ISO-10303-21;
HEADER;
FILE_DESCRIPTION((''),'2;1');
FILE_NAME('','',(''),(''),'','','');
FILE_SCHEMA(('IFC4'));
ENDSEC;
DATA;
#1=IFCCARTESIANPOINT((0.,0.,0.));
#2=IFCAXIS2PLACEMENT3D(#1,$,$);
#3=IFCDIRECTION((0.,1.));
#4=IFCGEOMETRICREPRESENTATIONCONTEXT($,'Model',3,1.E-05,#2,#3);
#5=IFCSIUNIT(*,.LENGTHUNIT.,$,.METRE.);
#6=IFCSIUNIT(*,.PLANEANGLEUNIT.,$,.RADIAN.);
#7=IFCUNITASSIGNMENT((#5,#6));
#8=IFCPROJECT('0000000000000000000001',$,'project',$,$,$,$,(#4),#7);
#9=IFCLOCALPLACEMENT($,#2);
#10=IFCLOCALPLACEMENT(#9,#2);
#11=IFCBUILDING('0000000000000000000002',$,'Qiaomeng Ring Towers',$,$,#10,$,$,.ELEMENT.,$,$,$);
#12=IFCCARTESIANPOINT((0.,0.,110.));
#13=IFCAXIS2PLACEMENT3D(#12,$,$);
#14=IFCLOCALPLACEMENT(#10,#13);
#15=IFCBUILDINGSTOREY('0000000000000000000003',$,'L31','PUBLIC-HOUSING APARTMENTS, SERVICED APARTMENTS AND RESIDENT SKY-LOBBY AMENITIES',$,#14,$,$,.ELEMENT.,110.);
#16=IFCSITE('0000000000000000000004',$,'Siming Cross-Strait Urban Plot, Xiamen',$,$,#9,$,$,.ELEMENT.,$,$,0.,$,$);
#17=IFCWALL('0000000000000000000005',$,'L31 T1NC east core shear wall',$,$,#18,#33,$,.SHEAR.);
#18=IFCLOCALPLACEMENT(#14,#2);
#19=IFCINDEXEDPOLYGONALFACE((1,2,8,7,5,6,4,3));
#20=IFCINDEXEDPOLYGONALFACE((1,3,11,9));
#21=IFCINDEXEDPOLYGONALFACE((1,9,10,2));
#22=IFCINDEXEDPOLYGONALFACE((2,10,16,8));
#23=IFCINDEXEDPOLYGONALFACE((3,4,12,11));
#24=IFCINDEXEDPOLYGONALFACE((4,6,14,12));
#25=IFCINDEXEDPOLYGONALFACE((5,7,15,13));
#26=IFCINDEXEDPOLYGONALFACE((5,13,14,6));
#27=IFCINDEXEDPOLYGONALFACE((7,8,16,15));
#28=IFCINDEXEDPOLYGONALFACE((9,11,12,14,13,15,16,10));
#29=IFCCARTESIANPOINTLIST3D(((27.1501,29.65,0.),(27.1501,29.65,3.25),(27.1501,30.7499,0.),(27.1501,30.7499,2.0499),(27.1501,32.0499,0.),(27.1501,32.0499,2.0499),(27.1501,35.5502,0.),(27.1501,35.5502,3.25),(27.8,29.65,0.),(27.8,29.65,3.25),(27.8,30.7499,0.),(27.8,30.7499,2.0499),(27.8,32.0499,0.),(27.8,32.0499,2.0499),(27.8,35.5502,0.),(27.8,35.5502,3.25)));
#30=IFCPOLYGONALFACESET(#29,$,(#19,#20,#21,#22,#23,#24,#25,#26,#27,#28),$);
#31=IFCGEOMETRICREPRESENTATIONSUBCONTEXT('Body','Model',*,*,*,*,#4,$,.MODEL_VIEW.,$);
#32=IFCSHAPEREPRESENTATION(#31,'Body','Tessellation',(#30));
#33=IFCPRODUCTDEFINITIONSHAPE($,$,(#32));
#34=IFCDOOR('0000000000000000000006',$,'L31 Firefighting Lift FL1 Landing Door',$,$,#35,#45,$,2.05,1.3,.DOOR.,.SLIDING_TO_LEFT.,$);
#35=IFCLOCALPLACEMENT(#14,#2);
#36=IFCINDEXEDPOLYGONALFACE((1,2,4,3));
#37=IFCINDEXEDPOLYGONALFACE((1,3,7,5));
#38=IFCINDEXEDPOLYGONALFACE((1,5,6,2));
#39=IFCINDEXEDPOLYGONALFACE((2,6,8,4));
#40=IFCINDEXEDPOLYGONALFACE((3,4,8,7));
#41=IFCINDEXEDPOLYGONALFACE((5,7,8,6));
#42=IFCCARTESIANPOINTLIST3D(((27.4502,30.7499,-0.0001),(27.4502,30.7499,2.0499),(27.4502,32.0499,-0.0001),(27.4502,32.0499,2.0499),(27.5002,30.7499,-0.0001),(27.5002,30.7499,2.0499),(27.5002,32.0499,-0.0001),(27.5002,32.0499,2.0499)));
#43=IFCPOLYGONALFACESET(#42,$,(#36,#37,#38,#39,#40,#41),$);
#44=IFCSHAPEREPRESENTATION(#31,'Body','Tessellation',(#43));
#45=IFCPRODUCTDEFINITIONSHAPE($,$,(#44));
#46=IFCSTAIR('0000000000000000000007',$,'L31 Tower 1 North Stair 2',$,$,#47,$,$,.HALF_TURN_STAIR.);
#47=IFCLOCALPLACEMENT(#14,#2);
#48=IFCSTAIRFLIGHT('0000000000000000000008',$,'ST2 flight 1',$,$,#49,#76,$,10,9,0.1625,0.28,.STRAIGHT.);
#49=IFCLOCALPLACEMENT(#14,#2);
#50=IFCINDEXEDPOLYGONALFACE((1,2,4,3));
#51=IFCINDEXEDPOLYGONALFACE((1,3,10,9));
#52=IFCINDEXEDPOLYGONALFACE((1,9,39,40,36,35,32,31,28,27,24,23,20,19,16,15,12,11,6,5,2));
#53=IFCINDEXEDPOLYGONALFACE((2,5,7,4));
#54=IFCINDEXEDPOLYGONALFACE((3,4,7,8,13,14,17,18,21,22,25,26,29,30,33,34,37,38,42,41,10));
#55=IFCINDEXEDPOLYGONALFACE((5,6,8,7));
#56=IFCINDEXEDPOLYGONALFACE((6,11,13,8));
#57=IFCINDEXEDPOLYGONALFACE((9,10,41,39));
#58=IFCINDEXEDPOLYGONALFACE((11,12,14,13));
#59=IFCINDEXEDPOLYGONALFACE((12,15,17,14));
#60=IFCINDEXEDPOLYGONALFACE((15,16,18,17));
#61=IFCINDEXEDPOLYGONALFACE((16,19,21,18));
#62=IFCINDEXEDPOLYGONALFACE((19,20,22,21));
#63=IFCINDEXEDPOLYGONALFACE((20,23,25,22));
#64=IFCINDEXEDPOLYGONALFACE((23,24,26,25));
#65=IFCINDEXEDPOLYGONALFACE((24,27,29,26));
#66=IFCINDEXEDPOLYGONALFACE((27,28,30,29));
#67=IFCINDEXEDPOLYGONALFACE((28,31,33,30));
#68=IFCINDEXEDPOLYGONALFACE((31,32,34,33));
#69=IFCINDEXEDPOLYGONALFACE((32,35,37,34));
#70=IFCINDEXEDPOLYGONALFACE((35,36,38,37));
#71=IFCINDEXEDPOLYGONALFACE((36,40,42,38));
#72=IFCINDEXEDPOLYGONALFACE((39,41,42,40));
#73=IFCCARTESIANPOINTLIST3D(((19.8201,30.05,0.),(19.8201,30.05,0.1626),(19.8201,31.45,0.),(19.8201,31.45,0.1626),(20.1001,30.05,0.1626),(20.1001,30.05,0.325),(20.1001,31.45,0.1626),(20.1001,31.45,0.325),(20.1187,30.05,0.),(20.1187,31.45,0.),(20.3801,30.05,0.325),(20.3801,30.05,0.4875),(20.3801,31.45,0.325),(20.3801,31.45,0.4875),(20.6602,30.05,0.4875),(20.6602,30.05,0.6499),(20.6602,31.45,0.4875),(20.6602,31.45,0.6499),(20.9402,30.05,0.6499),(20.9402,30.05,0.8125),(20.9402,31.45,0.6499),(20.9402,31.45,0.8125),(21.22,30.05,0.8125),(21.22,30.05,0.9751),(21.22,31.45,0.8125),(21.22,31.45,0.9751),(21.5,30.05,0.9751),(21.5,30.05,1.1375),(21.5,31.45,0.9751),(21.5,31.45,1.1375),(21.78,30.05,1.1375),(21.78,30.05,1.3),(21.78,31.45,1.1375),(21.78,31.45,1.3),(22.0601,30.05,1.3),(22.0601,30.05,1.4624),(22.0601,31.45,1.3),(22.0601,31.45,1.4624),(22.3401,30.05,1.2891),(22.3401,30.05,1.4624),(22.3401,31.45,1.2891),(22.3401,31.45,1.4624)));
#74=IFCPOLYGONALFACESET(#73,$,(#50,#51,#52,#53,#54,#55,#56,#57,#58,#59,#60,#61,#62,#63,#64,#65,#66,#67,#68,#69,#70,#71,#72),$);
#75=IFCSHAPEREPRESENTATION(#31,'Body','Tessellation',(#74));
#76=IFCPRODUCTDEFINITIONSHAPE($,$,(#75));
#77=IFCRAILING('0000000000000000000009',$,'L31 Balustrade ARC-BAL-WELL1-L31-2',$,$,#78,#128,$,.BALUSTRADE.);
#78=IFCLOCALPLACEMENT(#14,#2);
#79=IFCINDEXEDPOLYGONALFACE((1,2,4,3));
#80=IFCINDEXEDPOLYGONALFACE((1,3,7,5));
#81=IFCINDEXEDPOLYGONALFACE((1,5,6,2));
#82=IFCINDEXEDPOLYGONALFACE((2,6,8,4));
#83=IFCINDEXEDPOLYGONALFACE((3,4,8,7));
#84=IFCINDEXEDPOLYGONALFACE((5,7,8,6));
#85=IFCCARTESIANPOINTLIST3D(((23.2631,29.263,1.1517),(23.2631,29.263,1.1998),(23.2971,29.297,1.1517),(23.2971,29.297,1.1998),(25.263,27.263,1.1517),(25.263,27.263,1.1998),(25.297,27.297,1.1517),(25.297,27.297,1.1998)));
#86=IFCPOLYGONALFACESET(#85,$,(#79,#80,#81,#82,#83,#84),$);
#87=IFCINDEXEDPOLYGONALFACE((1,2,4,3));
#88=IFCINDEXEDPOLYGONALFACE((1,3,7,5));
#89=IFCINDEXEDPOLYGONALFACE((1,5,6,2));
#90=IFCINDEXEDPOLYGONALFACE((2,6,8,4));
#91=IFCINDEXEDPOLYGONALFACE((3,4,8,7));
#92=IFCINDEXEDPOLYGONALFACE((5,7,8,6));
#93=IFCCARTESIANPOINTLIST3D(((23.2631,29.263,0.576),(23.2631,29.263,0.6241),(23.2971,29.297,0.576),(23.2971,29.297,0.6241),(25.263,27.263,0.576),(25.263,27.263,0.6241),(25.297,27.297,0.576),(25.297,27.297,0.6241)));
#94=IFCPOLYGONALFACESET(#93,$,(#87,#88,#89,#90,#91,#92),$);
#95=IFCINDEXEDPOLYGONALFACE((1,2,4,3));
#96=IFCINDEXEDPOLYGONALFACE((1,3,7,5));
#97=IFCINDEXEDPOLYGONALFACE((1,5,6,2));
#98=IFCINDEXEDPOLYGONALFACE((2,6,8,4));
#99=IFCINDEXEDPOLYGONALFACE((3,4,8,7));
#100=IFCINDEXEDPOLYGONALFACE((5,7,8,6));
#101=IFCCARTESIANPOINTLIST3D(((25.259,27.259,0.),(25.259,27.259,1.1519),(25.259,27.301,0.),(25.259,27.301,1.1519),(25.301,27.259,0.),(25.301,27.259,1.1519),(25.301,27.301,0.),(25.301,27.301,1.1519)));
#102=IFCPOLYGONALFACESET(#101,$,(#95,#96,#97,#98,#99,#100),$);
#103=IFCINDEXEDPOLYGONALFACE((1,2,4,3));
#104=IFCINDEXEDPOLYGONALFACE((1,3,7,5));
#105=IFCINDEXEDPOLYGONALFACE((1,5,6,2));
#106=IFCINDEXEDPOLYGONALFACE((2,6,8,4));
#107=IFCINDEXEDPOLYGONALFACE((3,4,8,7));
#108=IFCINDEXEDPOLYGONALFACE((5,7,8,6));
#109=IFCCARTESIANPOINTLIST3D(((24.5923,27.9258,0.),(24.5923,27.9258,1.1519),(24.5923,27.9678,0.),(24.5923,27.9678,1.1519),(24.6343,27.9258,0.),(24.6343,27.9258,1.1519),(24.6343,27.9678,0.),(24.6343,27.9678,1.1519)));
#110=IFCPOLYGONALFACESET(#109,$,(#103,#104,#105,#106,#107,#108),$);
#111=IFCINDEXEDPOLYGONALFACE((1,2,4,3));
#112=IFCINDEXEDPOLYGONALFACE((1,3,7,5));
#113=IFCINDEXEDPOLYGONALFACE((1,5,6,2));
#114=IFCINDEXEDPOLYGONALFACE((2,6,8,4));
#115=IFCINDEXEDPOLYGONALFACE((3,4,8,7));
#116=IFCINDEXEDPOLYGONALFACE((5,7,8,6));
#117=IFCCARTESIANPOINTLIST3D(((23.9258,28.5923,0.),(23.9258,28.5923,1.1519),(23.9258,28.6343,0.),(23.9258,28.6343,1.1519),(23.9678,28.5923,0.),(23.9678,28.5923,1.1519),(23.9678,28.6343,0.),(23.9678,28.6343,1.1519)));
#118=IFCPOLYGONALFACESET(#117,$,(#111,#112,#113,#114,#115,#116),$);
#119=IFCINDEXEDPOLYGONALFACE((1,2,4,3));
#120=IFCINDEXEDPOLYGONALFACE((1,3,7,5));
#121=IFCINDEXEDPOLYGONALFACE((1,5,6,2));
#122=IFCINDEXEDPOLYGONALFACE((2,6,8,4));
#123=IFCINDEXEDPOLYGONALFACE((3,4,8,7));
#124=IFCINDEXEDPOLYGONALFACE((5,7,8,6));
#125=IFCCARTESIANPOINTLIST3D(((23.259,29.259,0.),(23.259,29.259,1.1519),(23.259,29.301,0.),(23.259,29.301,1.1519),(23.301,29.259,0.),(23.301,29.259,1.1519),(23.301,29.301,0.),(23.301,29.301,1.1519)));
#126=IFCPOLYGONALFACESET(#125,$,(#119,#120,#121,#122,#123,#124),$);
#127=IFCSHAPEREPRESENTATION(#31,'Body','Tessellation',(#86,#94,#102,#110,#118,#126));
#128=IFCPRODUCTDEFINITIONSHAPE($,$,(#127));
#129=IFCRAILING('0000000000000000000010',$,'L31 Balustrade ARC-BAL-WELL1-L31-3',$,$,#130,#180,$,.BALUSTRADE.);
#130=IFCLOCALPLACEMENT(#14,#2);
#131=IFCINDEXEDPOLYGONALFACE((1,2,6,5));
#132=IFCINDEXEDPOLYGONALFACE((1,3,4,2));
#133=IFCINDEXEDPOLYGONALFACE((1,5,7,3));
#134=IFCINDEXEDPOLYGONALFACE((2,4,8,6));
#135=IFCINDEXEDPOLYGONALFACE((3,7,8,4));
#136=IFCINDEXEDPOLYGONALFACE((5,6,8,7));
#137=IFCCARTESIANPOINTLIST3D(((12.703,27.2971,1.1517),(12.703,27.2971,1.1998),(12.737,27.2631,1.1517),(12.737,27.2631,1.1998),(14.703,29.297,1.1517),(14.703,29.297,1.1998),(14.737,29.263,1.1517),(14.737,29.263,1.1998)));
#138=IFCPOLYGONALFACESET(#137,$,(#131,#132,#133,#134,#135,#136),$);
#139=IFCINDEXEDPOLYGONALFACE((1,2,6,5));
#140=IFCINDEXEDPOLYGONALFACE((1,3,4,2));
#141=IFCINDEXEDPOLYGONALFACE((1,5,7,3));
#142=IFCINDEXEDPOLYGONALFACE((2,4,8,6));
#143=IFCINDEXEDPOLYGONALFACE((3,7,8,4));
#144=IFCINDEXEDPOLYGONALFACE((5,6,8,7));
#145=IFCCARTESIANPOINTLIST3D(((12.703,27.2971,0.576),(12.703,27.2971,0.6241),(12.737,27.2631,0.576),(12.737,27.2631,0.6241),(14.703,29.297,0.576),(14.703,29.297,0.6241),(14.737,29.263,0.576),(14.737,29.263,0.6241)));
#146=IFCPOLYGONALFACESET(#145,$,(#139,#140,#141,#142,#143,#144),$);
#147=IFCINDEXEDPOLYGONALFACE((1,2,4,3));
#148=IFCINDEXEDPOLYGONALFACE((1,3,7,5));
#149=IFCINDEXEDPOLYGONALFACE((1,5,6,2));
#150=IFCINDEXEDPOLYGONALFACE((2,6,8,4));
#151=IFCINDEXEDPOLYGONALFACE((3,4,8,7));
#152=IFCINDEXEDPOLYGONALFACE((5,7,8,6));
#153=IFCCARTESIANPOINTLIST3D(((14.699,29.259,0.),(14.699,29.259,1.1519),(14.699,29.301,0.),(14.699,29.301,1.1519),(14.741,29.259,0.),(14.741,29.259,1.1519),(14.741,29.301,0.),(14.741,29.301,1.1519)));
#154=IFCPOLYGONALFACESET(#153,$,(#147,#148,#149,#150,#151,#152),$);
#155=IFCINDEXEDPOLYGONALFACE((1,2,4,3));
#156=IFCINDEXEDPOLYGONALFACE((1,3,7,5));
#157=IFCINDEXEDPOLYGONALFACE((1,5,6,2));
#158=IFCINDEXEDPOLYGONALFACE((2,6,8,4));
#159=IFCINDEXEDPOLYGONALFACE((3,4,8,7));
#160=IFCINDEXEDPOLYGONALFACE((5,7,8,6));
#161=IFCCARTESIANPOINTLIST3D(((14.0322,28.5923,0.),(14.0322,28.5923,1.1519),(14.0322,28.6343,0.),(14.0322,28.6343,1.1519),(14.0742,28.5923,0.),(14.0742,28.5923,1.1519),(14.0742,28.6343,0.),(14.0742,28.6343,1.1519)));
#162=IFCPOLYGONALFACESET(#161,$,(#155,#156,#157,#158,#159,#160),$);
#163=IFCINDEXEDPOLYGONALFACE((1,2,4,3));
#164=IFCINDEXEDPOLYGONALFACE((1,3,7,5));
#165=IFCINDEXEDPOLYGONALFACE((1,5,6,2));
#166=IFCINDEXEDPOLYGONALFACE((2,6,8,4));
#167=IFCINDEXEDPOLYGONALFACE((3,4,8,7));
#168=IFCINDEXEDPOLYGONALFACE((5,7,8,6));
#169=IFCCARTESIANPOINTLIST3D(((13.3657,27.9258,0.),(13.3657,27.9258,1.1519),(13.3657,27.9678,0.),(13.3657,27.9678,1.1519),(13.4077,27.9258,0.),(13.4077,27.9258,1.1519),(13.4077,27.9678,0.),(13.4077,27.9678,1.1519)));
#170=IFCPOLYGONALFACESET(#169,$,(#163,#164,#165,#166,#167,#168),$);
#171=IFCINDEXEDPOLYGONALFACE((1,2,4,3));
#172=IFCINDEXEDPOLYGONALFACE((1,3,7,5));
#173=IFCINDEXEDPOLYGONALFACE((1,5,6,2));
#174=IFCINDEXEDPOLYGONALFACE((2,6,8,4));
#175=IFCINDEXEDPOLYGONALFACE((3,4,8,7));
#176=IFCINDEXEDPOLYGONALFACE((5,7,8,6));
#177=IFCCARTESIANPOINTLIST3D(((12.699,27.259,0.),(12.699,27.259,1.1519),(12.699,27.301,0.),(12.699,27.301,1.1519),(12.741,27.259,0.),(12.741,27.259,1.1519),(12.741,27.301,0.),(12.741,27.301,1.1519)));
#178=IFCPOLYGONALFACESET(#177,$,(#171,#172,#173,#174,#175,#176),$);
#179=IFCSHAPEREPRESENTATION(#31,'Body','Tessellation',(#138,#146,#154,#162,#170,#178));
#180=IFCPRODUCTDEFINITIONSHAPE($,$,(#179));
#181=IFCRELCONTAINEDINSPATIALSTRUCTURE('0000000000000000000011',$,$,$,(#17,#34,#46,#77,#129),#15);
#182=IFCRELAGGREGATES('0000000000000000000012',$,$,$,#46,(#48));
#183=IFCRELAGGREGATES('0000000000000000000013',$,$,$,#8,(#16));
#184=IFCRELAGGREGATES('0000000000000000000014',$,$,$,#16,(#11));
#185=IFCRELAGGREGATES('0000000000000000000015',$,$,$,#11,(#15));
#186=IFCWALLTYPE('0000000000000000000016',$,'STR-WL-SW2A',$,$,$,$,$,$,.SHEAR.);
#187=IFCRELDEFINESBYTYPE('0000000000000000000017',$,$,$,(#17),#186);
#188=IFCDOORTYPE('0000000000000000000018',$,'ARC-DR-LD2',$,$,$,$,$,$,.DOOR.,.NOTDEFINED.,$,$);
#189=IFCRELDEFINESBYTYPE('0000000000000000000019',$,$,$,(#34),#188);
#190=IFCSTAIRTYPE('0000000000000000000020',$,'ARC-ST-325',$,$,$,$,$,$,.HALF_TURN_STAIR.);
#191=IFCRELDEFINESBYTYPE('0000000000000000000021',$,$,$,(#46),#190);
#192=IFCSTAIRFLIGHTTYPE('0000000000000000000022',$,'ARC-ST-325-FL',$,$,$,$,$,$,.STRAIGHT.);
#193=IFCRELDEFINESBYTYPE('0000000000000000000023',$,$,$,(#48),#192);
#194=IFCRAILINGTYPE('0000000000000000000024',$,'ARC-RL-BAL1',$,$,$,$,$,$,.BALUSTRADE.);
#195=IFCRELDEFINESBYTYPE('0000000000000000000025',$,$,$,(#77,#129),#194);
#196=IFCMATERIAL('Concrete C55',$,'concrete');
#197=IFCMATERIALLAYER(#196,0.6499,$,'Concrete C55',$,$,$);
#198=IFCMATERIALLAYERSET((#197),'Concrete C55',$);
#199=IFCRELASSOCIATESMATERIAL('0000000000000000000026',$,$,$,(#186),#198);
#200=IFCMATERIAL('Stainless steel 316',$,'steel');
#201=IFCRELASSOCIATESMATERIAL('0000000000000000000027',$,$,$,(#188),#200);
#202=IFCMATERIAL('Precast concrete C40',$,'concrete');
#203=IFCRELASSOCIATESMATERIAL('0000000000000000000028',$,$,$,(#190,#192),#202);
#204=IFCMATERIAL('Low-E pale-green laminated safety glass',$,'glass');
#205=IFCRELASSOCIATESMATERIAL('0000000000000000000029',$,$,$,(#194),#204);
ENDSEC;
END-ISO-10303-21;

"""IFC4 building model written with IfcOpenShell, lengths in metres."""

from ifc_helpers import new_model, si_unit, direction, frame, frame_2d, origin, origin_2d, place, context, subcontext, project, spatial, polyline, rectangle, outline, extrude, source, transform, mapped, material, layer, layer_set, type_object, element, fill, aggregate, save


model = new_model("IFC4")

# Units and contexts
model_context = context("Model", 3, precision=1e-05, world=origin(), true_north=direction((0.0, 1.0)))
body_context = subcontext(model_context, "Body", "Model", "MODEL_VIEW")
ifc_project = project(units=[si_unit("LENGTHUNIT", "METRE"), si_unit("PLANEANGLEUNIT", "RADIAN")], contexts=[model_context])

# Site, building, storey
site_placement = place(None, origin())
site = spatial("IfcSite", under=ifc_project, at=site_placement, Name="Siming Cross-Strait Urban Plot, Xiamen", CompositionType="ELEMENT", RefElevation=0.0)
building_placement = place(site_placement, origin())
building = spatial("IfcBuilding", under=site, at=building_placement, Name="Qiaomeng Ring Towers", CompositionType="ELEMENT")
storey_placement = place(building_placement, frame((0.0, 0.0, 110.0)))
storey = spatial("IfcBuildingStorey", under=building, at=storey_placement, Name="L31", Description="PUBLIC-HOUSING APARTMENTS, SERVICED APARTMENTS AND RESIDENT SKY-LOBBY AMENITIES", CompositionType="ELEMENT", Elevation=110.0)

# Wall, opening, door
ifc_material_1 = material(Name="Concrete C55", Category="concrete")
ifc_layer_1 = layer(ifc_material_1, 0.6499, Name="Concrete C55")
ifc_layer_set_1 = layer_set([ifc_layer_1], Name="Concrete C55")
wall_type_1 = type_object("IfcWallType", Name="STR-WL-SW2A", PredefinedType="SHEAR", material=ifc_layer_set_1)
wall_1_placement = place(storey_placement, frame((27.4751, 29.6499, 0.0), z_axis=(0.0, 0.0, 1.0), x_axis=(0.0, 1.0, 0.0)))
wall_1 = element("IfcWall", 1, at=wall_1_placement, inside=storey, type_object=wall_type_1, Name="L31 T1NC east core shear wall", PredefinedType="SHEAR", context=body_context, shape_type="SweptSolid", body=[
    extrude(rectangle(XDim=5.9001, YDim=0.6499, at=frame_2d((2.9502, 0.0))), origin(), (0.0, 0.0, 1.0), 3.25),
])
opening_1_placement = place(wall_1_placement, frame((1.1001, 0.0, 0.0)))
opening_1 = element("IfcOpeningElement", 2, at=opening_1_placement, cuts=wall_1, PredefinedType="OPENING", context=body_context, shape_type="SweptSolid", body=[
    extrude(rectangle(XDim=1.3, YDim=2.05, at=frame_2d((0.6499, 1.0249))), frame((0.0, 0.335, 0.0), z_axis=(0.0, -1.0, 0.0), x_axis=(1.0, 0.0, 0.0)), (0.0, 0.0, 1.0), 0.6699),
])
ifc_material_2 = material(Name="Stainless steel 316", Category="steel")
door_type_1 = type_object("IfcDoorType", Name="ARC-DR-LD2", OperationType="NOTDEFINED", PredefinedType="DOOR", material=ifc_material_2)
shared_shape_1 = source(origin(), body_context, "Body", "SweptSolid", [
    extrude(rectangle(XDim=1.3, YDim=2.05, at=frame_2d((0.6499, 1.0249))), frame((0.0, 0.0249, 0.0), z_axis=(0.0, -1.0, 0.0), x_axis=(1.0, 0.0, 0.0)), (0.0, 0.0, 1.0), 0.05),
])
door_1_placement = place(opening_1_placement, origin())
door_1 = element("IfcDoor", 3, at=door_1_placement, inside=storey, type_object=door_type_1, Name="L31 Firefighting Lift FL1 Landing Door", OperationType="SLIDING_TO_LEFT", OverallHeight=2.05, OverallWidth=1.3, PredefinedType="DOOR", context=body_context, shape_type="MappedRepresentation", body=[
    mapped(shared_shape_1, transform((0.0, 0.0, 0.0), x_axis=(1.0, 0.0, 0.0), y_axis=(0.0, 1.0, 0.0), z_axis=(0.0, 0.0, 1.0), scale=1.0)),
])
fill(opening_1, door_1)

# Stair, stair flight
ifc_material_3 = material(Name="Precast concrete C40", Category="concrete")
stair_type = type_object("IfcStairType", Name="ARC-ST-325", PredefinedType="HALF_TURN_STAIR", material=ifc_material_3)
stair_placement = place(storey_placement, origin())
stair = element("IfcStair", 4, at=stair_placement, inside=storey, type_object=stair_type, Name="L31 Tower 1 North Stair 2", PredefinedType="HALF_TURN_STAIR")
stair_flight_type = type_object("IfcStairFlightType", Name="ARC-ST-325-FL", PredefinedType="STRAIGHT", material=ifc_material_3)
shared_shape_2 = source(origin(), body_context, "Body", "SweptSolid", [
    extrude(outline(polyline([(0.0, 0.0), (0.0, 0.1626), (0.28, 0.1626), (0.28, 0.325), (0.5601, 0.325), (0.5601, 0.4875), (0.8401, 0.4875), (0.8401, 0.6499), (1.1201, 0.6499), (1.1201, 0.8125), (1.3999, 0.8125), (1.3999, 0.9751), (1.6799, 0.9751), (1.6799, 1.1375), (1.96, 1.1375), (1.96, 1.3), (2.24, 1.3), (2.24, 1.4624), (2.52, 1.4624), (2.52, 1.625), (2.52, 1.2891), (0.2986, 0.0), (0.0, 0.0)])), frame((0.0, 0.7, 0.0), z_axis=(0.0, -1.0, 0.0), x_axis=(1.0, 0.0, 0.0)), (0.0, 0.0, 1.0), 1.3999),
])
stair_flight_placement = place(storey_placement, frame((19.8201, 30.75, 0.0), z_axis=(0.0, 0.0, 1.0), x_axis=(1.0, 0.0, 0.0)))
stair_flight = element("IfcStairFlight", 5, at=stair_flight_placement, type_object=stair_flight_type, Name="ST2 flight 1", NumberOfRisers=10, NumberOfTreads=9, PredefinedType="STRAIGHT", RiserHeight=0.1625, TreadLength=0.28, context=body_context, shape_type="MappedRepresentation", body=[
    mapped(shared_shape_2, transform((0.0, 0.0, 0.0), x_axis=(1.0, 0.0, 0.0), y_axis=(0.0, 1.0, 0.0), z_axis=(0.0, 0.0, 1.0), scale=1.0)),
])
aggregate(stair, [stair_flight])

# Railings
ifc_material_4 = material(Name="Low-E pale-green laminated safety glass", Category="glass")
railing_type_1 = type_object("IfcRailingType", Name="ARC-RL-BAL1", PredefinedType="BALUSTRADE", material=ifc_material_4)
railing_1_placement = place(storey_placement, frame((25.28, 27.28, 0.0)))
element("IfcRailing", 6, at=railing_1_placement, inside=storey, type_object=railing_type_1, Name="L31 Balustrade ARC-BAL-WELL1-L31-2", PredefinedType="BALUSTRADE", context=body_context, shape_type="SweptSolid", body=[
    extrude(rectangle(XDim=0.0481, YDim=0.0481, at=origin_2d()), frame((0.0, 0.0, 1.1758), z_axis=(-0.707107, 0.707107, 0.0), x_axis=(-0.707107, -0.707107, 0.0)), (0.0, 0.0, 1.0), 2.8284),
    extrude(rectangle(XDim=0.0481, YDim=0.0481, at=origin_2d()), frame((0.0, 0.0, 0.6001), z_axis=(-0.707107, 0.707107, 0.0), x_axis=(-0.707107, -0.707107, 0.0)), (0.0, 0.0, 1.0), 2.8284),
    extrude(rectangle(XDim=0.042, YDim=0.042, at=origin_2d()), origin(), (0.0, 0.0, 1.0), 1.1519),
    extrude(rectangle(XDim=0.042, YDim=0.042, at=origin_2d()), frame((-0.6667, 0.6667, 0.0)), (0.0, 0.0, 1.0), 1.1519),
    extrude(rectangle(XDim=0.042, YDim=0.042, at=origin_2d()), frame((-1.3333, 1.3333, 0.0)), (0.0, 0.0, 1.0), 1.1519),
    extrude(rectangle(XDim=0.042, YDim=0.042, at=origin_2d()), frame((-2.0, 2.0, 0.0)), (0.0, 0.0, 1.0), 1.1519),
])
railing_2_placement = place(storey_placement, frame((14.72, 29.28, 0.0)))
element("IfcRailing", 7, at=railing_2_placement, inside=storey, type_object=railing_type_1, Name="L31 Balustrade ARC-BAL-WELL1-L31-3", PredefinedType="BALUSTRADE", context=body_context, shape_type="SweptSolid", body=[
    extrude(rectangle(XDim=0.0481, YDim=0.0481, at=origin_2d()), frame((0.0, 0.0, 1.1758), z_axis=(-0.707107, -0.707107, 0.0), x_axis=(0.707107, -0.707107, 0.0)), (0.0, 0.0, 1.0), 2.8284),
    extrude(rectangle(XDim=0.0481, YDim=0.0481, at=origin_2d()), frame((0.0, 0.0, 0.6001), z_axis=(-0.707107, -0.707107, 0.0), x_axis=(0.707107, -0.707107, 0.0)), (0.0, 0.0, 1.0), 2.8284),
    extrude(rectangle(XDim=0.042, YDim=0.042, at=origin_2d()), origin(), (0.0, 0.0, 1.0), 1.1519),
    extrude(rectangle(XDim=0.042, YDim=0.042, at=origin_2d()), frame((-0.6667, -0.6667, 0.0)), (0.0, 0.0, 1.0), 1.1519),
    extrude(rectangle(XDim=0.042, YDim=0.042, at=origin_2d()), frame((-1.3333, -1.3333, 0.0)), (0.0, 0.0, 1.0), 1.1519),
    extrude(rectangle(XDim=0.042, YDim=0.042, at=origin_2d()), frame((-2.0, -2.0, 0.0)), (0.0, 0.0, 1.0), 1.1519),
])

save(model, "model.ifc")
